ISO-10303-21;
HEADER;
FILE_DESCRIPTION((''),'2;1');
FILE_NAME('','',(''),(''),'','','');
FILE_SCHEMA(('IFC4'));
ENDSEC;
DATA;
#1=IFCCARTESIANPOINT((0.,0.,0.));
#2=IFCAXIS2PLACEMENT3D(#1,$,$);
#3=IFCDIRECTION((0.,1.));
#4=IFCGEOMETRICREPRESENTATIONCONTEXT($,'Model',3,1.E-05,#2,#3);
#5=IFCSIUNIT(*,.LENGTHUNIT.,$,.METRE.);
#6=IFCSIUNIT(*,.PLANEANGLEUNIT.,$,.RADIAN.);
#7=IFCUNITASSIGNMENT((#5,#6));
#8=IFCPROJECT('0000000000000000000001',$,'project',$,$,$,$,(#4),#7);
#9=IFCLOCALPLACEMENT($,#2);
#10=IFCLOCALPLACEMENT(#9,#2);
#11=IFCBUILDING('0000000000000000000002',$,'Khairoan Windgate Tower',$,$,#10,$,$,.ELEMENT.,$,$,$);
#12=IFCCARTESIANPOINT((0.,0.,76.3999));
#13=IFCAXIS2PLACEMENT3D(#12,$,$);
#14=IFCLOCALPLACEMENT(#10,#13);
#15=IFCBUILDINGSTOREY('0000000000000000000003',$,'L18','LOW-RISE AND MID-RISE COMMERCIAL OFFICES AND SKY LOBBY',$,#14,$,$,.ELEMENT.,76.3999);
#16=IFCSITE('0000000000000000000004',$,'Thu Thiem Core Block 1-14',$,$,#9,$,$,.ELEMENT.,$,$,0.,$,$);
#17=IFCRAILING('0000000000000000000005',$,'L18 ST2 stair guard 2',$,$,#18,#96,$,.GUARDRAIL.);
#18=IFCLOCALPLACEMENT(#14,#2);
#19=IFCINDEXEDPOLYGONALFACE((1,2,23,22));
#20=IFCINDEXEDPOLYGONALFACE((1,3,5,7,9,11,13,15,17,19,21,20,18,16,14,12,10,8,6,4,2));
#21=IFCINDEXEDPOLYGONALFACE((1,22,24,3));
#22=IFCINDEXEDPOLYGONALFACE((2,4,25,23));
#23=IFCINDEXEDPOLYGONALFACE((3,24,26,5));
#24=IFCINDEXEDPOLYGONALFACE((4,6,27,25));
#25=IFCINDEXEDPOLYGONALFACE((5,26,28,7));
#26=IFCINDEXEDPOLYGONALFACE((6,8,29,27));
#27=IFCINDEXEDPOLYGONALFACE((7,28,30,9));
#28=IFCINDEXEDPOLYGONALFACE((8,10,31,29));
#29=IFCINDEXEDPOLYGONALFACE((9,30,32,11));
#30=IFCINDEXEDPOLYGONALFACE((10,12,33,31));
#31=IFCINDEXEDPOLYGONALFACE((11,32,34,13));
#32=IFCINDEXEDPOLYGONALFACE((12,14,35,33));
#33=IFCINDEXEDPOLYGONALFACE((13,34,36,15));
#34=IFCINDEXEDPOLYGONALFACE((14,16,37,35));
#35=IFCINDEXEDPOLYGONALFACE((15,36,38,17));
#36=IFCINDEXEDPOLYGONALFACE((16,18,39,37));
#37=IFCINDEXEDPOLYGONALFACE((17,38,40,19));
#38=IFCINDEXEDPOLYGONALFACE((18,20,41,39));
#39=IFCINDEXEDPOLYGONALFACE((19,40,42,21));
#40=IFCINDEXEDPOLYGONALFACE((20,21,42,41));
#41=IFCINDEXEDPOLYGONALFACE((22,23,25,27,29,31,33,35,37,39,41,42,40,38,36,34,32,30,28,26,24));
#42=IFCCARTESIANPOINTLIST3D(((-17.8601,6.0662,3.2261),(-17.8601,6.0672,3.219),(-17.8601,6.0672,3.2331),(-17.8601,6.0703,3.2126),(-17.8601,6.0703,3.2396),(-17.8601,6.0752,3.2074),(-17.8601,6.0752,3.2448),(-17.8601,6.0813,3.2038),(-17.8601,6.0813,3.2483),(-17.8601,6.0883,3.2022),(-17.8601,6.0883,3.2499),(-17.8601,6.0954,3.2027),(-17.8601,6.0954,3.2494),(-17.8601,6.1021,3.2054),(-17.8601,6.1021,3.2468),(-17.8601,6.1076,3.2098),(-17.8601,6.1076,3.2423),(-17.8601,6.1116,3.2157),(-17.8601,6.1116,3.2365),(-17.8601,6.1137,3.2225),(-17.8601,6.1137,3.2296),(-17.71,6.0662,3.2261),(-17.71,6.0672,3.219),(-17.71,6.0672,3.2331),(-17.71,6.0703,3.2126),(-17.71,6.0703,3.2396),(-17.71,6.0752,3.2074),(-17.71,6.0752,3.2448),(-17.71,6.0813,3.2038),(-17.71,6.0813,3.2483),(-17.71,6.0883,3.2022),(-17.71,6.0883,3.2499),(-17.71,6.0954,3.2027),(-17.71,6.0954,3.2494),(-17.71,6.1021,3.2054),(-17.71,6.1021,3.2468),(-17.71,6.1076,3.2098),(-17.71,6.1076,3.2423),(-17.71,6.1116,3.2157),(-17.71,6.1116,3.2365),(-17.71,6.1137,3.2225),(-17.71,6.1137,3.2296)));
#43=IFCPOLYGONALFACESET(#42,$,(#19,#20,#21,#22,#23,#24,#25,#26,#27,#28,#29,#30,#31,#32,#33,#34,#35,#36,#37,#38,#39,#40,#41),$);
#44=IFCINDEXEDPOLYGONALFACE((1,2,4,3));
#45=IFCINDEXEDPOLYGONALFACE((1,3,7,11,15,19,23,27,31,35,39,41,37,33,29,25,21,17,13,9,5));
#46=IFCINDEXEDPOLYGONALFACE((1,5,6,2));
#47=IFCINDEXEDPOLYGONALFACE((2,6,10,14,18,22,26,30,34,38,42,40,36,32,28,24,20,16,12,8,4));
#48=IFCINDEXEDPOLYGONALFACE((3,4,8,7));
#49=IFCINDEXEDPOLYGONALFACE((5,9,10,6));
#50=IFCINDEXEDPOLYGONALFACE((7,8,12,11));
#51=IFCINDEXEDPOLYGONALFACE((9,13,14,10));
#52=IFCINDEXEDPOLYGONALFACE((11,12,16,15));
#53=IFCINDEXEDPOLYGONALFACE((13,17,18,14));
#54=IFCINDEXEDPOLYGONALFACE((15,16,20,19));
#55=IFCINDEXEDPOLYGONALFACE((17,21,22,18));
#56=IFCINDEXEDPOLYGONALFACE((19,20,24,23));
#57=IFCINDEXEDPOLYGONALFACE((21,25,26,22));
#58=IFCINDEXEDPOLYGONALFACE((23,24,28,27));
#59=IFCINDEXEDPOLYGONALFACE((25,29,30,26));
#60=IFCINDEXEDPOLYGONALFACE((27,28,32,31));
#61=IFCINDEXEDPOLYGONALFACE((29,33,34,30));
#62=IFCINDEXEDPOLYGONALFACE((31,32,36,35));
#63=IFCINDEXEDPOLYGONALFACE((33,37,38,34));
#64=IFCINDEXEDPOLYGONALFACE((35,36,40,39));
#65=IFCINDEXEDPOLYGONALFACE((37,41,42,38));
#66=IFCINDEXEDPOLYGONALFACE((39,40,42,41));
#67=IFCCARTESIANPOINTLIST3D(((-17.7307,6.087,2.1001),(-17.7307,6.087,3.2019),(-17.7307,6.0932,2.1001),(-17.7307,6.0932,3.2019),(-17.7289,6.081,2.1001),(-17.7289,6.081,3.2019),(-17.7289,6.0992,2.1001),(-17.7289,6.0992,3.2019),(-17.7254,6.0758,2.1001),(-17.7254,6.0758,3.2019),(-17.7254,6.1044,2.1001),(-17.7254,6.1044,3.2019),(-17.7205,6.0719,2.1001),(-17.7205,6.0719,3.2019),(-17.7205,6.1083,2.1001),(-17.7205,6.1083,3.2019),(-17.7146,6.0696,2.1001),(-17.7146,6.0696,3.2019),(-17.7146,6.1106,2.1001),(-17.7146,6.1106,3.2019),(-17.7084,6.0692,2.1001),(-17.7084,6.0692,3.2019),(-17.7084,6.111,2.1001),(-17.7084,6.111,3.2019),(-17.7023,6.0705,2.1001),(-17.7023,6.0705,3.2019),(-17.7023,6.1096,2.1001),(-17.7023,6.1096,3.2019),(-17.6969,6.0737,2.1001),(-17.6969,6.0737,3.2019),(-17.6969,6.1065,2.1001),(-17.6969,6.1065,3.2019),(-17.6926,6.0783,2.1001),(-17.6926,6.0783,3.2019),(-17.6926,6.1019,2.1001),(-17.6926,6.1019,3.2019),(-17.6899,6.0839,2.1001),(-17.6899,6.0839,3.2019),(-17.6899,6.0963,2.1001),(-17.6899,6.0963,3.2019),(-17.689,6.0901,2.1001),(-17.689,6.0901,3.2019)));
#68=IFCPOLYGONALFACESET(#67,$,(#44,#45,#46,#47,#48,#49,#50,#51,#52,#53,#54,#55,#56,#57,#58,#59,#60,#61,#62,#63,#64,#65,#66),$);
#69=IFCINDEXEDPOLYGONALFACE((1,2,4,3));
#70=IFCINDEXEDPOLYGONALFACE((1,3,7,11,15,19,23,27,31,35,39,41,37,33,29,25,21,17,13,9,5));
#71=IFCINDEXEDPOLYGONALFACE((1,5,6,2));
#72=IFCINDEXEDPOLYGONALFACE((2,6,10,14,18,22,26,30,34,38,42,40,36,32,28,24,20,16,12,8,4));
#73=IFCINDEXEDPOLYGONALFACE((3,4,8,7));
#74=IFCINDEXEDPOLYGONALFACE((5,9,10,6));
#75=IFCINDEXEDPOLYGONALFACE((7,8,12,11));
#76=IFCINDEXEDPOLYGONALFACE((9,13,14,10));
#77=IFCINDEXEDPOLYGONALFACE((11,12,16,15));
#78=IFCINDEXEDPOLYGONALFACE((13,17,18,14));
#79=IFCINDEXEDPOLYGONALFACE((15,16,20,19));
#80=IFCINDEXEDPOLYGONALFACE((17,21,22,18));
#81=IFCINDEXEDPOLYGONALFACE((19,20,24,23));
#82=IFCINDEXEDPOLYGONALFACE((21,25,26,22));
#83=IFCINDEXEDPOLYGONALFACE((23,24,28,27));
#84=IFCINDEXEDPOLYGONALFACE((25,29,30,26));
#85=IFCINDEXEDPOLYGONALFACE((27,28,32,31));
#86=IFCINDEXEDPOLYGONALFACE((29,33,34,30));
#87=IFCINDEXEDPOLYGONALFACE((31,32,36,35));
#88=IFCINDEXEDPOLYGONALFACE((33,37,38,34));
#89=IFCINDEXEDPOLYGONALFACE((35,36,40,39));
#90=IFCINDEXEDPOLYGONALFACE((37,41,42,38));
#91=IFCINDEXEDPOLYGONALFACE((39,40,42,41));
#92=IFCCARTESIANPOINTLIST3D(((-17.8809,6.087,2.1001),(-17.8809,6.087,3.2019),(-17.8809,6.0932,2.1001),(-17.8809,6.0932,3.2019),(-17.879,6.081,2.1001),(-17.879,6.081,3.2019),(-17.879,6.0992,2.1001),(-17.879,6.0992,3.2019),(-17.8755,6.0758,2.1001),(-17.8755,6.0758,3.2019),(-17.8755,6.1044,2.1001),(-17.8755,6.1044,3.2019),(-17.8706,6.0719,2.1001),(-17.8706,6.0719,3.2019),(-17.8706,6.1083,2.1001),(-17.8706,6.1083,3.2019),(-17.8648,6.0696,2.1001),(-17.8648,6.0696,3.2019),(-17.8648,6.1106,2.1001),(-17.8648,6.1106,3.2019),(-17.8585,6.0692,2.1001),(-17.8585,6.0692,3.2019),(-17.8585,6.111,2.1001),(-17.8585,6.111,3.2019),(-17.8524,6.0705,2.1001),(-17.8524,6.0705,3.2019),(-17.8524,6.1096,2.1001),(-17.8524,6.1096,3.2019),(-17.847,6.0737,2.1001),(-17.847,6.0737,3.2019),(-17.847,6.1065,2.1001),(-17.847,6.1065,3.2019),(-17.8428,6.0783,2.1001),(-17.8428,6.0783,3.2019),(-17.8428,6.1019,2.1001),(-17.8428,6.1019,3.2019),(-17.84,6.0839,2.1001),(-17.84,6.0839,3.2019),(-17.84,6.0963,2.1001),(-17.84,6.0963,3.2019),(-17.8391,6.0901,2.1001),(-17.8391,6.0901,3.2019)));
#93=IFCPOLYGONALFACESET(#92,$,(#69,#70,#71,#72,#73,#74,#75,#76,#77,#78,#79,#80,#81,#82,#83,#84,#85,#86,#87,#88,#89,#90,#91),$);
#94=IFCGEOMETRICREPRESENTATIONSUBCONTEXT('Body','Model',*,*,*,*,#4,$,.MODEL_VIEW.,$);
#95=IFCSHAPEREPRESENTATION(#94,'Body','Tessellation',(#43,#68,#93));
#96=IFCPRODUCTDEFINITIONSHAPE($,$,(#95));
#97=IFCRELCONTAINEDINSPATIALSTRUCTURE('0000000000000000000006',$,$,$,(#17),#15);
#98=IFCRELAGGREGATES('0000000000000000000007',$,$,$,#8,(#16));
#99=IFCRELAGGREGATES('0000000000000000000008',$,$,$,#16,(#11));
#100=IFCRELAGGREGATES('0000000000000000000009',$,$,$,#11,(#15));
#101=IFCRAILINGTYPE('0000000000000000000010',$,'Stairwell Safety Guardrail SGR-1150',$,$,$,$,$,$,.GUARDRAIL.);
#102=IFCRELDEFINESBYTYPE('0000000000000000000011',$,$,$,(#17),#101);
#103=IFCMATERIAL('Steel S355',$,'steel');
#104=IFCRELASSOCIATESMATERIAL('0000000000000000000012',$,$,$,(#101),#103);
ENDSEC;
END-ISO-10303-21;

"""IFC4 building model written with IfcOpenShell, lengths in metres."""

from ifc_helpers import new_model, si_unit, direction, frame, origin, origin_2d, place, context, subcontext, project, spatial, circle, extrude, material, type_object, element, save


model = new_model("IFC4")

# Units and contexts
model_context = context("Model", 3, precision=1e-05, world=origin(), true_north=direction((0.0, 1.0)))
body_context = subcontext(model_context, "Body", "Model", "MODEL_VIEW")
ifc_project = project(units=[si_unit("LENGTHUNIT", "METRE"), si_unit("PLANEANGLEUNIT", "RADIAN")], contexts=[model_context])

# Site, building, storey
site_placement = place(None, origin())
site = spatial("IfcSite", under=ifc_project, at=site_placement, Name="Thu Thiem Core Block 1-14", CompositionType="ELEMENT", RefElevation=0.0)
building_placement = place(site_placement, origin())
building = spatial("IfcBuilding", under=site, at=building_placement, Name="Khairoan Windgate Tower", CompositionType="ELEMENT")
storey_placement = place(building_placement, frame((0.0, 0.0, 76.3999)))
storey = spatial("IfcBuildingStorey", under=building, at=storey_placement, Name="L18", Description="LOW-RISE AND MID-RISE COMMERCIAL OFFICES AND SKY LOBBY", CompositionType="ELEMENT", Elevation=76.3999)

# Railing
ifc_material_1 = material(Name="Steel S355", Category="steel")
railing_type_1 = type_object("IfcRailingType", Name="Stairwell Safety Guardrail SGR-1150", PredefinedType="GUARDRAIL", material=ifc_material_1)
railing_1_placement = place(storey_placement, frame((-17.71, 6.0901, 2.1001)))
element("IfcRailing", 1, at=railing_1_placement, inside=storey, type_object=railing_type_1, Name="L18 ST2 stair guard 2", PredefinedType="GUARDRAIL", context=body_context, shape_type="SweptSolid", body=[
    extrude(circle(Radius=0.0239, at=origin_2d()), frame((0.0, 0.0, 1.126), z_axis=(-1.0, 0.0, 0.0), x_axis=(0.0, -1.0, 0.0)), (0.0, 0.0, 1.0), 0.1501),
    extrude(circle(Radius=0.021, at=origin_2d()), origin(), (0.0, 0.0, 1.0), 1.1018),
    extrude(circle(Radius=0.021, at=origin_2d()), frame((-0.1501, 0.0, 0.0)), (0.0, 0.0, 1.0), 1.1018),
])

save(model, "model.ifc")
